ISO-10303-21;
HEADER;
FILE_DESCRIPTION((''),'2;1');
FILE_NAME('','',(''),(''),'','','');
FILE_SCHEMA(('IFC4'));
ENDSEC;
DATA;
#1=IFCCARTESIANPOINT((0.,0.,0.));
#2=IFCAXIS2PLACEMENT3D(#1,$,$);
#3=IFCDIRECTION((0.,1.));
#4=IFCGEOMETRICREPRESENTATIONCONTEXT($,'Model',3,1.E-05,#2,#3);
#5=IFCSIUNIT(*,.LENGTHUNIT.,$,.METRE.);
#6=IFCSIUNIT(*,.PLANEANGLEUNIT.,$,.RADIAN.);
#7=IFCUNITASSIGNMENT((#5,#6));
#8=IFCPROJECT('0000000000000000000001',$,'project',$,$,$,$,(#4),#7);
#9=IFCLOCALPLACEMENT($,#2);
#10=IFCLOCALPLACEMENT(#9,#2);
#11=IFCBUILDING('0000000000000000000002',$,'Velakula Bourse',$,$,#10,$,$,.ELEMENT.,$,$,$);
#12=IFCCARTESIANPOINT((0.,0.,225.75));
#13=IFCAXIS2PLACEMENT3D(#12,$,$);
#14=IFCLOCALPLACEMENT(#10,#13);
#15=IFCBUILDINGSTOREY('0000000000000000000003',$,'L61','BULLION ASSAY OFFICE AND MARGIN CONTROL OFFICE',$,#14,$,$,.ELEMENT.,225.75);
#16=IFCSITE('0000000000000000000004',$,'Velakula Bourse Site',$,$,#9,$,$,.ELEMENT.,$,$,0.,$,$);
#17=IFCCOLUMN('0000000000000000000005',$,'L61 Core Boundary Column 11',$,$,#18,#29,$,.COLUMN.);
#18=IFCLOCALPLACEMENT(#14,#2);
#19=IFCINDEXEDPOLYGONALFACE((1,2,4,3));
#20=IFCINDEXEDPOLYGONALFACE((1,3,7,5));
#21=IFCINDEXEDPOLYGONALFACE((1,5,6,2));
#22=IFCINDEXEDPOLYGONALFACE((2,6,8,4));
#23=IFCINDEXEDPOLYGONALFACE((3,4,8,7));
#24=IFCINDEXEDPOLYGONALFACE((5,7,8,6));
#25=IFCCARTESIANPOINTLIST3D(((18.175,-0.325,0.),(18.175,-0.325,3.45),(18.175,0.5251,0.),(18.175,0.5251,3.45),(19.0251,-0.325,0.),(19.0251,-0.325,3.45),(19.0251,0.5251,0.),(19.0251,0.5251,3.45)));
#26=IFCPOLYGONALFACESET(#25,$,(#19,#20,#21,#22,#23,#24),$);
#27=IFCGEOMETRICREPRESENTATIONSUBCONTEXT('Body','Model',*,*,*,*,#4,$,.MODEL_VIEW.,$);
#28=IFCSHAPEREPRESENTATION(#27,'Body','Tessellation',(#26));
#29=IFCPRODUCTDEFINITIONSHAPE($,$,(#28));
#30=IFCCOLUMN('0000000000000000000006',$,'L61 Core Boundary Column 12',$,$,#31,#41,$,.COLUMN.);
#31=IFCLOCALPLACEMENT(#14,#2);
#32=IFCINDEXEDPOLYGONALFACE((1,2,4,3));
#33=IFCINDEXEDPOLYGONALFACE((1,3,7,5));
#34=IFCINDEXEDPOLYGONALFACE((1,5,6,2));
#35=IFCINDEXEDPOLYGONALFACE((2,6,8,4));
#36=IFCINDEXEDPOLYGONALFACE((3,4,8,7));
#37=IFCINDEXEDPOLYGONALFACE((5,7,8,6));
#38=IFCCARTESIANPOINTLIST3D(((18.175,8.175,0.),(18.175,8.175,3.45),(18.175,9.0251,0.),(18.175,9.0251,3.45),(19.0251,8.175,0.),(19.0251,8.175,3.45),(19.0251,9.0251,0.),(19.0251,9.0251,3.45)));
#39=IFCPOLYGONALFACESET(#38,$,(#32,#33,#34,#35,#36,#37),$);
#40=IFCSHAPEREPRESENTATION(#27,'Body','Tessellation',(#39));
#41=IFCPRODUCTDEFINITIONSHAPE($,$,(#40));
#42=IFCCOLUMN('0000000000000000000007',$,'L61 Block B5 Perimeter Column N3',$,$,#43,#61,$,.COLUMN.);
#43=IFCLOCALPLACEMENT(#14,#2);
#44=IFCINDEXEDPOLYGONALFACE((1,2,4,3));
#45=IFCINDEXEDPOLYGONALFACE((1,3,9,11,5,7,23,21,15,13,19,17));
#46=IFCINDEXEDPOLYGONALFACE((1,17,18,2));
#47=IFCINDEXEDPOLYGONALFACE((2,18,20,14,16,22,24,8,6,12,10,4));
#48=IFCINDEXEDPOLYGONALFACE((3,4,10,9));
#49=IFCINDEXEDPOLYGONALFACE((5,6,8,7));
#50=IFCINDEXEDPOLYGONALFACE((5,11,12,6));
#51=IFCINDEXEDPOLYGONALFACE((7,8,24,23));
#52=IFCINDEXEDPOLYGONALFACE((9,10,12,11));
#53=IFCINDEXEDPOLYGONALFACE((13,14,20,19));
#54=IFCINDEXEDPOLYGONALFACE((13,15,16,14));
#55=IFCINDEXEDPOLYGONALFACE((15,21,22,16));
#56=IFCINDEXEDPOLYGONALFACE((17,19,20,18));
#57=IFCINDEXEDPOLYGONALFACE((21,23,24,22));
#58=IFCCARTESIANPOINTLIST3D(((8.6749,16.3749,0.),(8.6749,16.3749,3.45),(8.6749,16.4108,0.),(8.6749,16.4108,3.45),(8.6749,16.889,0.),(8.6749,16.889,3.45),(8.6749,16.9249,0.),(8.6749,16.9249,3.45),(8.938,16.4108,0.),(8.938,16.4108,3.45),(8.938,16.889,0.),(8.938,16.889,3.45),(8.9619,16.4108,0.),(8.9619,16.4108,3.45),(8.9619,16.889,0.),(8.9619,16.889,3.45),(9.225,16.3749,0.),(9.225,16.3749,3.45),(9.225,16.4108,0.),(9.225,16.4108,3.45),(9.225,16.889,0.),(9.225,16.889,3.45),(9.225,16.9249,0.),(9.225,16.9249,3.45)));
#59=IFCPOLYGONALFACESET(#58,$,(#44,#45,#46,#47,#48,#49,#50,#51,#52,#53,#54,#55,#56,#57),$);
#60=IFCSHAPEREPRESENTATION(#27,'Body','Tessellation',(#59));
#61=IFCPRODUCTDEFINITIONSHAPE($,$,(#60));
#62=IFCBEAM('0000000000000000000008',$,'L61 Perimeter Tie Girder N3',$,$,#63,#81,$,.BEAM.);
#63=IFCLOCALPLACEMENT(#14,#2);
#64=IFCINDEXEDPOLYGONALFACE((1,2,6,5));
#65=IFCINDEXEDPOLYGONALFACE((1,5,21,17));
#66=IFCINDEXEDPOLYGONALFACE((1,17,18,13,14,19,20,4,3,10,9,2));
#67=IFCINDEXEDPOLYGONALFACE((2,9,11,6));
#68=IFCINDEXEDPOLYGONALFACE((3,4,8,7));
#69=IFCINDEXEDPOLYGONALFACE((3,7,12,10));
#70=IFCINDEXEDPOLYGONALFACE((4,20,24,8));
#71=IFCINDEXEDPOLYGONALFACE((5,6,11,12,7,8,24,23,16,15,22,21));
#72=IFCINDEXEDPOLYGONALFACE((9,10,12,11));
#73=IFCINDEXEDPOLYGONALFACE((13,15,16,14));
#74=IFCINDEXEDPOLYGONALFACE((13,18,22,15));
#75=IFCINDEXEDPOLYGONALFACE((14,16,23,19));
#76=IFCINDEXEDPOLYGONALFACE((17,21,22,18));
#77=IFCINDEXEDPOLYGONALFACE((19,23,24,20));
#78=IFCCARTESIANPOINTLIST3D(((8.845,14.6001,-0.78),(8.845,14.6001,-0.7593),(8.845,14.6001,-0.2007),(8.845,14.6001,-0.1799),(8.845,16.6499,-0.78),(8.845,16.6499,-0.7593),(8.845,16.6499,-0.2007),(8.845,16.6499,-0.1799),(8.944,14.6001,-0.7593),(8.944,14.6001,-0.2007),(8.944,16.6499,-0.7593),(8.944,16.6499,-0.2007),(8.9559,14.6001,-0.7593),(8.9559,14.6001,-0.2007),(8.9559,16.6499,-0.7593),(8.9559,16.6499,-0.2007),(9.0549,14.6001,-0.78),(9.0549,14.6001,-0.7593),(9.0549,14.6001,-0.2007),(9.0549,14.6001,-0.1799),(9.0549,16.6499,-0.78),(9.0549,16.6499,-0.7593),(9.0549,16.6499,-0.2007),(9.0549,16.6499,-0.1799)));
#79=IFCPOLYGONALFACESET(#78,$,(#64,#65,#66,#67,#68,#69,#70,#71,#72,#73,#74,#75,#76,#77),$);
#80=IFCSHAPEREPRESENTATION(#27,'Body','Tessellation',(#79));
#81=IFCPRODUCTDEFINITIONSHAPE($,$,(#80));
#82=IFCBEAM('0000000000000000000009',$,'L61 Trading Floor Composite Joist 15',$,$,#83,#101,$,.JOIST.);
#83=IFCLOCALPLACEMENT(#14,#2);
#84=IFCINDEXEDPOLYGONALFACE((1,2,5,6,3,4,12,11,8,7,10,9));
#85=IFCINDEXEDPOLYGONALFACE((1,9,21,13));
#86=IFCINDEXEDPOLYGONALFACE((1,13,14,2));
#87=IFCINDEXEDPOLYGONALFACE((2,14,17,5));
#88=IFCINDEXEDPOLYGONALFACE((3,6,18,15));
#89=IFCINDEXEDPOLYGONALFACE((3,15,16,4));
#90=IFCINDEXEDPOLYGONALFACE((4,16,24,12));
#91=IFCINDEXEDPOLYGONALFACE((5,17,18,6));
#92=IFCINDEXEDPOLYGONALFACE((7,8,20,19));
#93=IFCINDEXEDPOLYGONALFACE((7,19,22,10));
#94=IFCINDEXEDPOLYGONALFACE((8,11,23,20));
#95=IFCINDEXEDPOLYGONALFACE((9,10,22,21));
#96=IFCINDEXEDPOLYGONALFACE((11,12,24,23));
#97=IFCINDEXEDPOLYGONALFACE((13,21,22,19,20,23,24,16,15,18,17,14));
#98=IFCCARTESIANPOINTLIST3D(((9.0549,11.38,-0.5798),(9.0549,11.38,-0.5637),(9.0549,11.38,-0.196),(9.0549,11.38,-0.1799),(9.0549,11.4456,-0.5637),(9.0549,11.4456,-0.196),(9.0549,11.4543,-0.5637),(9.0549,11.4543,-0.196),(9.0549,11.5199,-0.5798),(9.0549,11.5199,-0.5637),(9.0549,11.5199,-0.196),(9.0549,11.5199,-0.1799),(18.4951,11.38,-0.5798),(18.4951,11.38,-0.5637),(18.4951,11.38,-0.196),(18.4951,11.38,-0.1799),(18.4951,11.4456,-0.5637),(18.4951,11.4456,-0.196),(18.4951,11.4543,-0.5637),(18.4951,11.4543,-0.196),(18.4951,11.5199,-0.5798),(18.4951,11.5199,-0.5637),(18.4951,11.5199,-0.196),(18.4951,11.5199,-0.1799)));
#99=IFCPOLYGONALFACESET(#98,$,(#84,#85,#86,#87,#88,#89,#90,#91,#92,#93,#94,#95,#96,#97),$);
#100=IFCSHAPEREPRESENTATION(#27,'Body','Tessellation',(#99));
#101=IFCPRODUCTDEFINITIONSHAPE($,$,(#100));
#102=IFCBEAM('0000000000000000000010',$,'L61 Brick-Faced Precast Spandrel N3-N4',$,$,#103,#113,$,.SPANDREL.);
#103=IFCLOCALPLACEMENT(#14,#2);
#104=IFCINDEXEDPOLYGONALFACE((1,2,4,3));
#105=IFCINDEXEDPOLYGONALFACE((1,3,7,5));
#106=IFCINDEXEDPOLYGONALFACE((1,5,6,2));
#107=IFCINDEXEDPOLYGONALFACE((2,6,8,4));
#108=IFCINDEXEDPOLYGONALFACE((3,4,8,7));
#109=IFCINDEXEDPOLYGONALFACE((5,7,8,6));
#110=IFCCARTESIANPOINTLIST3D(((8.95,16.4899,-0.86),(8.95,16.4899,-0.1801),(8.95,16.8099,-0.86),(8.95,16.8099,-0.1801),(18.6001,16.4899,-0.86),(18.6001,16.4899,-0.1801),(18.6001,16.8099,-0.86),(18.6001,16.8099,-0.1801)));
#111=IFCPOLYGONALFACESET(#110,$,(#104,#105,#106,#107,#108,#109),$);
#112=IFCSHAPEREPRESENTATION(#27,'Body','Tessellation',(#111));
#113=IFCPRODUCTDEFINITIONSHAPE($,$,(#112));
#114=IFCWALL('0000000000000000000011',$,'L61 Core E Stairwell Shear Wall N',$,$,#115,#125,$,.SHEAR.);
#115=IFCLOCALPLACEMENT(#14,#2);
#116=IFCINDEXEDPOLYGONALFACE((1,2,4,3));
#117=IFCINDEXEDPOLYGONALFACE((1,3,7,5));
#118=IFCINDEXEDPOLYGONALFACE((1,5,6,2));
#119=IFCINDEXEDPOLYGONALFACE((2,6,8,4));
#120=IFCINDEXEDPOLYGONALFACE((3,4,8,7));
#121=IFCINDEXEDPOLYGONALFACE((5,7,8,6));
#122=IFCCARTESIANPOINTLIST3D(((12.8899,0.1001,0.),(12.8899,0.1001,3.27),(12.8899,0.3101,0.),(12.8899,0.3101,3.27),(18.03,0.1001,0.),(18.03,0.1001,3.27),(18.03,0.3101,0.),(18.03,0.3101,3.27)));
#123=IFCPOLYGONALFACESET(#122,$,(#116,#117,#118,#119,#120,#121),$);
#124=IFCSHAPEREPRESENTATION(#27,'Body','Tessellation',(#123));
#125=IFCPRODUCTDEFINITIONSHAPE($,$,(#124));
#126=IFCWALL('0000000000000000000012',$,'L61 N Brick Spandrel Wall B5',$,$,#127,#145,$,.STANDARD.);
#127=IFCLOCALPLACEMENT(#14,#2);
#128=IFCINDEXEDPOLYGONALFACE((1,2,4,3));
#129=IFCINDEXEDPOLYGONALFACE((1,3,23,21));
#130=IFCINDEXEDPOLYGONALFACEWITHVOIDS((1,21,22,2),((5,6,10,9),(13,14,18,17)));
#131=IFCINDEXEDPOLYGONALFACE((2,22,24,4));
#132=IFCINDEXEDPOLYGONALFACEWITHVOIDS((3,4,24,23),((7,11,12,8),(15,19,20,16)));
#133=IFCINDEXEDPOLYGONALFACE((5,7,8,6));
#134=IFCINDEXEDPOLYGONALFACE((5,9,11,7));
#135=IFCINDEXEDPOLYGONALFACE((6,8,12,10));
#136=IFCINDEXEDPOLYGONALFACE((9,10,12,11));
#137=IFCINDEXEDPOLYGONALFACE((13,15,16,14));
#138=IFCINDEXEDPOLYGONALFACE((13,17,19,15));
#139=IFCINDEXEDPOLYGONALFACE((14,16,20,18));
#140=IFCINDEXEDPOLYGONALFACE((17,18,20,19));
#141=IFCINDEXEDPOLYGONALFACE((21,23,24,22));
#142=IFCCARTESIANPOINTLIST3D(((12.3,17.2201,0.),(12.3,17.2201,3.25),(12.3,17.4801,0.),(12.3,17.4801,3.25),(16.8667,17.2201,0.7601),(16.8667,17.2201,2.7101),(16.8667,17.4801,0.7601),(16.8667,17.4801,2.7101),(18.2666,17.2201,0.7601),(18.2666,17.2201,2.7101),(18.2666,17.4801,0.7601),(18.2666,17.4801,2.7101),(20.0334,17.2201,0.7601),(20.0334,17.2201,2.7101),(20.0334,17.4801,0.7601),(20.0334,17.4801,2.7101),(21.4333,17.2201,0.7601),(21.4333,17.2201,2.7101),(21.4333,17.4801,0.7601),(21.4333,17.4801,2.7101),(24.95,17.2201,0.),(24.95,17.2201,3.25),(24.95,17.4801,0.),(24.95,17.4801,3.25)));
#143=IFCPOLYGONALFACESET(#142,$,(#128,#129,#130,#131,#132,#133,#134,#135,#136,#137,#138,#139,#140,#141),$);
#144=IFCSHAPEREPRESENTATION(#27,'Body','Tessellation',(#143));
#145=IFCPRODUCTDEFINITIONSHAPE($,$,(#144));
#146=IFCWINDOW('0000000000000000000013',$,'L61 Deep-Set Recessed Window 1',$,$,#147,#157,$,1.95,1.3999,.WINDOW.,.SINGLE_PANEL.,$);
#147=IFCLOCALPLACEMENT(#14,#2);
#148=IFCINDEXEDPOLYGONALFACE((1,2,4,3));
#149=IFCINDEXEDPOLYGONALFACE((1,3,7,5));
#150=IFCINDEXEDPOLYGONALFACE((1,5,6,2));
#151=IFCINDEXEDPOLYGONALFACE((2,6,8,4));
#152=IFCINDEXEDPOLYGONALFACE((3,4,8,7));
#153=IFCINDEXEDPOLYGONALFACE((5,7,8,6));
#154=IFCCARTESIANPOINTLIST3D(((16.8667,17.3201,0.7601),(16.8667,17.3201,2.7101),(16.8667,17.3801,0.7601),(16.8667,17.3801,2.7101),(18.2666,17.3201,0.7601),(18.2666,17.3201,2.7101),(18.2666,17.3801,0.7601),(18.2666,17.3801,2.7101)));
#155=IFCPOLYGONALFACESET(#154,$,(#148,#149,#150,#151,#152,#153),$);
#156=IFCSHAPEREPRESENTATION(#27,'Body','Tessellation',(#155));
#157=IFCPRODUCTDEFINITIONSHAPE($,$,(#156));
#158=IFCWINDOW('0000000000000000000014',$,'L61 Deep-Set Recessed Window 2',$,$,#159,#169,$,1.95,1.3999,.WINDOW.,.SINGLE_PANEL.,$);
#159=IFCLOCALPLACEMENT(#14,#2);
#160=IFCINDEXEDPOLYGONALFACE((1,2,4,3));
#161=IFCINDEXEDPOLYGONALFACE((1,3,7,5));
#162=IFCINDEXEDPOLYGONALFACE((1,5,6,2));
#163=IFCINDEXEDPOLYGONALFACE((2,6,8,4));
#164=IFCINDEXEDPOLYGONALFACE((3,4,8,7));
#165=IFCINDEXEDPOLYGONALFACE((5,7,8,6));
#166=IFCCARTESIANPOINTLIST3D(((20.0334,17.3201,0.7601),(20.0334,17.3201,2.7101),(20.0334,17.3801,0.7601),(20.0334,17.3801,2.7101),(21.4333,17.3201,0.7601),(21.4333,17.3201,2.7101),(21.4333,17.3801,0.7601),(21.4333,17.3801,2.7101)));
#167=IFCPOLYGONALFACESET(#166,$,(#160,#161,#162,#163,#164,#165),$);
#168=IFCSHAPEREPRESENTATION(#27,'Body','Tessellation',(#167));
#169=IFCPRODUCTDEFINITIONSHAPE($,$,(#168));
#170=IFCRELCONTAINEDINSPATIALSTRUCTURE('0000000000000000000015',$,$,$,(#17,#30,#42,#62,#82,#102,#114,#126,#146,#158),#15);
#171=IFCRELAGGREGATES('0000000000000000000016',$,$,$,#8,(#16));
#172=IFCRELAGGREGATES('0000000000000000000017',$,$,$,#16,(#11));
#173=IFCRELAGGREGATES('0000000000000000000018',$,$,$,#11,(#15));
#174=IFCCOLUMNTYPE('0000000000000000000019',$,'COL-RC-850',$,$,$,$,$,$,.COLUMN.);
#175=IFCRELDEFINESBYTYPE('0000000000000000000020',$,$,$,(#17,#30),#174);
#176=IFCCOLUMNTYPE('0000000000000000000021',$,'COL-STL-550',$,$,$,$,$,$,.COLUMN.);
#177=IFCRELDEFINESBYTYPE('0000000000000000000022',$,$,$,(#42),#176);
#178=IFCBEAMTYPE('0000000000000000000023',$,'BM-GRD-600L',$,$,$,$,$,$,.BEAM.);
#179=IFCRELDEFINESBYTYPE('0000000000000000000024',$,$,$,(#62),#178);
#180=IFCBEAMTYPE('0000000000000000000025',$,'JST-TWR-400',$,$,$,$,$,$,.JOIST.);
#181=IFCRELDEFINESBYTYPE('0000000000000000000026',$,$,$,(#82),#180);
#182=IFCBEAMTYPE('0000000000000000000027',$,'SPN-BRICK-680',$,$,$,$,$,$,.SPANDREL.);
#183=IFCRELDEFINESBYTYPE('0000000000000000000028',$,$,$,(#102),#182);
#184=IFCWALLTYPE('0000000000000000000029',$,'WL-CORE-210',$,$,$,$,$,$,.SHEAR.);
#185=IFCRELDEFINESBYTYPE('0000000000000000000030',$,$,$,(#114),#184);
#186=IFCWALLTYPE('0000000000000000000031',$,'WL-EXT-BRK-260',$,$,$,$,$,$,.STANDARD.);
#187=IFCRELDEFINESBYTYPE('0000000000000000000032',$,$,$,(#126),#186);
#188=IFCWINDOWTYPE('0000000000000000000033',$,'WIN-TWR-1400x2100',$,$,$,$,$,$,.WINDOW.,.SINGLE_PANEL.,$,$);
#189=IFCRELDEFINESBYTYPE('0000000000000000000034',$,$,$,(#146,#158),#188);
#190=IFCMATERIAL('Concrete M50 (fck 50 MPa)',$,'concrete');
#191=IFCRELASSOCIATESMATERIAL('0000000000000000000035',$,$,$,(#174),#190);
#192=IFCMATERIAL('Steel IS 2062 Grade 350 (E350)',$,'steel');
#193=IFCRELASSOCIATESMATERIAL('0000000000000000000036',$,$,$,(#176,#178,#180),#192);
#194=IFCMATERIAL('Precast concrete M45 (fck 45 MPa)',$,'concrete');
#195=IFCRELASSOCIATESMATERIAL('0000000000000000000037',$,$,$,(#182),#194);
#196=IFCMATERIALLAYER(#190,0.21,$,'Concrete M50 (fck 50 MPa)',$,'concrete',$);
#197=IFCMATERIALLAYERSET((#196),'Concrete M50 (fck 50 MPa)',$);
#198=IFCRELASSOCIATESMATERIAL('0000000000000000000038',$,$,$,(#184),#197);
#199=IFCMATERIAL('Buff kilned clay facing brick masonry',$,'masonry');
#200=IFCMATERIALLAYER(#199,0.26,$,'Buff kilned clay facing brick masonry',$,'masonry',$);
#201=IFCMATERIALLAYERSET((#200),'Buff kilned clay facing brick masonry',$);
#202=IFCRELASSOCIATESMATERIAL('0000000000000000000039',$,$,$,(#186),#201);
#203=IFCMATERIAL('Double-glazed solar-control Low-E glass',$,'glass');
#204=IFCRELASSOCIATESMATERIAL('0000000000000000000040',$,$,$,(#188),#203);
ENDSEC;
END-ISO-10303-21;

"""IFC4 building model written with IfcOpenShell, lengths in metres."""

from ifc_helpers import new_model, si_unit, direction, frame, frame_2d, origin, origin_2d, place, context, subcontext, project, spatial, rectangle, i_section, extrude, material, layer, layer_set, material_profile, profile_set, type_object, element, fill, save


model = new_model("IFC4")

# Units and contexts
model_context = context("Model", 3, precision=1e-05, world=origin(), true_north=direction((0.0, 1.0)))
body_context = subcontext(model_context, "Body", "Model", "MODEL_VIEW")
ifc_project = project(units=[si_unit("LENGTHUNIT", "METRE"), si_unit("PLANEANGLEUNIT", "RADIAN")], contexts=[model_context])

# Site, building, storey
site_placement = place(None, origin())
site = spatial("IfcSite", under=ifc_project, at=site_placement, Name="Velakula Bourse Site", CompositionType="ELEMENT", RefElevation=0.0)
building_placement = place(site_placement, origin())
building = spatial("IfcBuilding", under=site, at=building_placement, Name="Velakula Bourse", CompositionType="ELEMENT")
storey_placement = place(building_placement, frame((0.0, 0.0, 225.75)))
storey = spatial("IfcBuildingStorey", under=building, at=storey_placement, Name="L61", Description="BULLION ASSAY OFFICE AND MARGIN CONTROL OFFICE", CompositionType="ELEMENT", Elevation=225.75)

# Columns
ifc_material_1 = material(Name="Concrete M50 (fck 50 MPa)", Category="concrete")
ifc_material_profile_1 = material_profile(ifc_material_1, rectangle(XDim=0.8501, YDim=0.8501, at=origin_2d()), Name="Concrete M50 (fck 50 MPa)")
ifc_profile_set_1 = profile_set([ifc_material_profile_1], Name="Concrete M50 (fck 50 MPa)")
column_type_1 = type_object("IfcColumnType", Name="COL-RC-850", PredefinedType="COLUMN", material=ifc_profile_set_1)
for number, where, z_axis, x_axis, name in (
    (1, (18.6001, 0.1001, 0.0), (0.0, 0.0, 1.0), (1.0, 0.0, 0.0), "L61 Core Boundary Column 11"),
    (2, (18.6001, 8.6001, 0.0), (0.0, 0.0, 1.0), (1.0, 0.0, 0.0), "L61 Core Boundary Column 12"),
):
    element("IfcColumn", number, at=place(storey_placement, frame(where, z_axis=z_axis, x_axis=x_axis)), inside=storey, type_object=column_type_1, Name=name, PredefinedType="COLUMN", context=body_context, shape_type="SweptSolid", body=[
        extrude(rectangle(XDim=0.8501, YDim=0.8501, at=origin_2d()), origin(), (0.0, 0.0, 1.0), 3.45),
    ])
ifc_material_2 = material(Name="Steel IS 2062 Grade 350 (E350)", Category="steel")
ifc_material_profile_2 = material_profile(ifc_material_2, i_section(OverallWidth=0.55, OverallDepth=0.55, WebThickness=0.0239, FlangeThickness=0.0359, at=origin_2d()), Name="Steel IS 2062 Grade 350 (E350)")
ifc_profile_set_2 = profile_set([ifc_material_profile_2], Name="Steel IS 2062 Grade 350 (E350)")
column_type_2 = type_object("IfcColumnType", Name="COL-STL-550", PredefinedType="COLUMN", material=ifc_profile_set_2)
column_placement = place(storey_placement, frame((8.95, 16.6499, 0.0), z_axis=(0.0, 0.0, 1.0), x_axis=(1.0, 0.0, 0.0)))
element("IfcColumn", 3, at=column_placement, inside=storey, type_object=column_type_2, Name="L61 Block B5 Perimeter Column N3", PredefinedType="COLUMN", context=body_context, shape_type="SweptSolid", body=[
    extrude(i_section(OverallWidth=0.55, OverallDepth=0.55, WebThickness=0.0239, FlangeThickness=0.0359, at=origin_2d()), origin(), (0.0, 0.0, 1.0), 3.45),
])

# Beams
ifc_material_profile_3 = material_profile(ifc_material_2, i_section(OverallWidth=0.21, OverallDepth=0.6001, WebThickness=0.012, FlangeThickness=0.0208, at=origin_2d()), Name="Steel IS 2062 Grade 350 (E350)")
ifc_profile_set_3 = profile_set([ifc_material_profile_3], Name="Steel IS 2062 Grade 350 (E350)")
beam_type_1 = type_object("IfcBeamType", Name="BM-GRD-600L", PredefinedType="BEAM", material=ifc_profile_set_3)
beam_1_placement = place(storey_placement, frame((8.95, 14.6001, -0.48), z_axis=(0.0, 1.0, 0.0), x_axis=(-1.0, 0.0, 0.0)))
element("IfcBeam", 4, at=beam_1_placement, inside=storey, type_object=beam_type_1, Name="L61 Perimeter Tie Girder N3", PredefinedType="BEAM", context=body_context, shape_type="SweptSolid", body=[
    extrude(i_section(OverallWidth=0.21, OverallDepth=0.6001, WebThickness=0.012, FlangeThickness=0.0208, at=origin_2d()), origin(), (0.0, 0.0, 1.0), 2.0498),
])
ifc_material_profile_4 = material_profile(ifc_material_2, i_section(OverallWidth=0.1399, OverallDepth=0.3999, WebThickness=0.0088, FlangeThickness=0.0161, at=origin_2d()), Name="Steel IS 2062 Grade 350 (E350)")
ifc_profile_set_4 = profile_set([ifc_material_profile_4], Name="Steel IS 2062 Grade 350 (E350)")
beam_type_2 = type_object("IfcBeamType", Name="JST-TWR-400", PredefinedType="JOIST", material=ifc_profile_set_4)
beam_2_placement = place(storey_placement, frame((9.0549, 11.45, -0.3799), z_axis=(1.0, 0.0, 0.0), x_axis=(0.0, 1.0, 0.0)))
element("IfcBeam", 5, at=beam_2_placement, inside=storey, type_object=beam_type_2, Name="L61 Trading Floor Composite Joist 15", PredefinedType="JOIST", context=body_context, shape_type="SweptSolid", body=[
    extrude(i_section(OverallWidth=0.1399, OverallDepth=0.3999, WebThickness=0.0088, FlangeThickness=0.0161, at=origin_2d()), origin(), (0.0, 0.0, 1.0), 9.4402),
])
ifc_material_3 = material(Name="Precast concrete M45 (fck 45 MPa)", Category="concrete")
ifc_material_profile_5 = material_profile(ifc_material_3, rectangle(XDim=0.3201, YDim=0.6799, at=origin_2d()), Name="Precast concrete M45 (fck 45 MPa)")
ifc_profile_set_5 = profile_set([ifc_material_profile_5], Name="Precast concrete M45 (fck 45 MPa)")
beam_type_3 = type_object("IfcBeamType", Name="SPN-BRICK-680", PredefinedType="SPANDREL", material=ifc_profile_set_5)
beam_3_placement = place(storey_placement, frame((8.95, 16.6499, -0.52), z_axis=(1.0, 0.0, 0.0), x_axis=(0.0, 1.0, 0.0)))
element("IfcBeam", 6, at=beam_3_placement, inside=storey, type_object=beam_type_3, Name="L61 Brick-Faced Precast Spandrel N3-N4", PredefinedType="SPANDREL", context=body_context, shape_type="SweptSolid", body=[
    extrude(rectangle(XDim=0.3201, YDim=0.6799, at=origin_2d()), origin(), (0.0, 0.0, 1.0), 9.6501),
])

# Wall
ifc_layer_1 = layer(ifc_material_1, 0.21, Name="Concrete M50 (fck 50 MPa)", Category="concrete")
ifc_layer_set_1 = layer_set([ifc_layer_1], Name="Concrete M50 (fck 50 MPa)")
wall_type_1 = type_object("IfcWallType", Name="WL-CORE-210", PredefinedType="SHEAR", material=ifc_layer_set_1)
wall_1_placement = place(storey_placement, frame((18.03, 0.2051, 0.0), z_axis=(0.0, 0.0, 1.0), x_axis=(-1.0, 0.0, 0.0)))
element("IfcWall", 7, at=wall_1_placement, inside=storey, type_object=wall_type_1, Name="L61 Core E Stairwell Shear Wall N", PredefinedType="SHEAR", context=body_context, shape_type="SweptSolid", body=[
    extrude(rectangle(XDim=5.1401, YDim=0.21, at=frame_2d((2.5701, 0.0))), origin(), (0.0, 0.0, 1.0), 3.27),
])

# Wall, openings, windows
ifc_material_4 = material(Name="Buff kilned clay facing brick masonry", Category="masonry")
ifc_layer_2 = layer(ifc_material_4, 0.26, Name="Buff kilned clay facing brick masonry", Category="masonry")
ifc_layer_set_2 = layer_set([ifc_layer_2], Name="Buff kilned clay facing brick masonry")
wall_type_2 = type_object("IfcWallType", Name="WL-EXT-BRK-260", PredefinedType="STANDARD", material=ifc_layer_set_2)
wall_2_placement = place(storey_placement, frame((12.3, 17.3501, 0.0), z_axis=(0.0, 0.0, 1.0), x_axis=(1.0, 0.0, 0.0)))
wall_2 = element("IfcWall", 8, at=wall_2_placement, inside=storey, type_object=wall_type_2, Name="L61 N Brick Spandrel Wall B5", PredefinedType="STANDARD", context=body_context, shape_type="SweptSolid", body=[
    extrude(rectangle(XDim=12.6499, YDim=0.26, at=frame_2d((6.325, 0.0))), origin(), (0.0, 0.0, 1.0), 3.25),
])
opening_1_placement = place(wall_2_placement, frame((4.5667, 0.0, 0.76)))
opening_1 = element("IfcOpeningElement", 9, at=opening_1_placement, cuts=wall_2, PredefinedType="OPENING", context=body_context, shape_type="SweptSolid", body=[
    extrude(rectangle(XDim=1.3999, YDim=1.95, at=frame_2d((0.7, 0.9751))), frame((0.0, 0.1399, 0.0), z_axis=(0.0, -1.0, 0.0), x_axis=(1.0, 0.0, 0.0)), (0.0, 0.0, 1.0), 0.28),
])
opening_2_placement = place(wall_2_placement, frame((7.7334, 0.0, 0.76)))
opening_2 = element("IfcOpeningElement", 10, at=opening_2_placement, cuts=wall_2, PredefinedType="OPENING", context=body_context, shape_type="SweptSolid", body=[
    extrude(rectangle(XDim=1.3999, YDim=1.95, at=frame_2d((0.7, 0.9751))), frame((0.0, 0.1399, 0.0), z_axis=(0.0, -1.0, 0.0), x_axis=(1.0, 0.0, 0.0)), (0.0, 0.0, 1.0), 0.28),
])
ifc_material_5 = material(Name="Double-glazed solar-control Low-E glass", Category="glass")
window_type = type_object("IfcWindowType", Name="WIN-TWR-1400x2100", PartitioningType="SINGLE_PANEL", PredefinedType="WINDOW", material=ifc_material_5)
window_1_placement = place(opening_1_placement, origin())
window_1 = element("IfcWindow", 11, at=window_1_placement, inside=storey, type_object=window_type, Name="L61 Deep-Set Recessed Window 1", OverallHeight=1.95, OverallWidth=1.3999, PartitioningType="SINGLE_PANEL", PredefinedType="WINDOW", context=body_context, shape_type="SweptSolid", body=[
    extrude(rectangle(XDim=1.3999, YDim=1.95, at=frame_2d((0.7, 0.9751))), frame((0.0, 0.03, 0.0), z_axis=(0.0, -1.0, 0.0), x_axis=(1.0, 0.0, 0.0)), (0.0, 0.0, 1.0), 0.0601),
])
fill(opening_1, window_1)
window_2_placement = place(opening_2_placement, origin())
window_2 = element("IfcWindow", 12, at=window_2_placement, inside=storey, type_object=window_type, Name="L61 Deep-Set Recessed Window 2", OverallHeight=1.95, OverallWidth=1.3999, PartitioningType="SINGLE_PANEL", PredefinedType="WINDOW", context=body_context, shape_type="SweptSolid", body=[
    extrude(rectangle(XDim=1.3999, YDim=1.95, at=frame_2d((0.7, 0.9751))), frame((0.0, 0.03, 0.0), z_axis=(0.0, -1.0, 0.0), x_axis=(1.0, 0.0, 0.0)), (0.0, 0.0, 1.0), 0.0601),
])
fill(opening_2, window_2)

save(model, "model.ifc")
